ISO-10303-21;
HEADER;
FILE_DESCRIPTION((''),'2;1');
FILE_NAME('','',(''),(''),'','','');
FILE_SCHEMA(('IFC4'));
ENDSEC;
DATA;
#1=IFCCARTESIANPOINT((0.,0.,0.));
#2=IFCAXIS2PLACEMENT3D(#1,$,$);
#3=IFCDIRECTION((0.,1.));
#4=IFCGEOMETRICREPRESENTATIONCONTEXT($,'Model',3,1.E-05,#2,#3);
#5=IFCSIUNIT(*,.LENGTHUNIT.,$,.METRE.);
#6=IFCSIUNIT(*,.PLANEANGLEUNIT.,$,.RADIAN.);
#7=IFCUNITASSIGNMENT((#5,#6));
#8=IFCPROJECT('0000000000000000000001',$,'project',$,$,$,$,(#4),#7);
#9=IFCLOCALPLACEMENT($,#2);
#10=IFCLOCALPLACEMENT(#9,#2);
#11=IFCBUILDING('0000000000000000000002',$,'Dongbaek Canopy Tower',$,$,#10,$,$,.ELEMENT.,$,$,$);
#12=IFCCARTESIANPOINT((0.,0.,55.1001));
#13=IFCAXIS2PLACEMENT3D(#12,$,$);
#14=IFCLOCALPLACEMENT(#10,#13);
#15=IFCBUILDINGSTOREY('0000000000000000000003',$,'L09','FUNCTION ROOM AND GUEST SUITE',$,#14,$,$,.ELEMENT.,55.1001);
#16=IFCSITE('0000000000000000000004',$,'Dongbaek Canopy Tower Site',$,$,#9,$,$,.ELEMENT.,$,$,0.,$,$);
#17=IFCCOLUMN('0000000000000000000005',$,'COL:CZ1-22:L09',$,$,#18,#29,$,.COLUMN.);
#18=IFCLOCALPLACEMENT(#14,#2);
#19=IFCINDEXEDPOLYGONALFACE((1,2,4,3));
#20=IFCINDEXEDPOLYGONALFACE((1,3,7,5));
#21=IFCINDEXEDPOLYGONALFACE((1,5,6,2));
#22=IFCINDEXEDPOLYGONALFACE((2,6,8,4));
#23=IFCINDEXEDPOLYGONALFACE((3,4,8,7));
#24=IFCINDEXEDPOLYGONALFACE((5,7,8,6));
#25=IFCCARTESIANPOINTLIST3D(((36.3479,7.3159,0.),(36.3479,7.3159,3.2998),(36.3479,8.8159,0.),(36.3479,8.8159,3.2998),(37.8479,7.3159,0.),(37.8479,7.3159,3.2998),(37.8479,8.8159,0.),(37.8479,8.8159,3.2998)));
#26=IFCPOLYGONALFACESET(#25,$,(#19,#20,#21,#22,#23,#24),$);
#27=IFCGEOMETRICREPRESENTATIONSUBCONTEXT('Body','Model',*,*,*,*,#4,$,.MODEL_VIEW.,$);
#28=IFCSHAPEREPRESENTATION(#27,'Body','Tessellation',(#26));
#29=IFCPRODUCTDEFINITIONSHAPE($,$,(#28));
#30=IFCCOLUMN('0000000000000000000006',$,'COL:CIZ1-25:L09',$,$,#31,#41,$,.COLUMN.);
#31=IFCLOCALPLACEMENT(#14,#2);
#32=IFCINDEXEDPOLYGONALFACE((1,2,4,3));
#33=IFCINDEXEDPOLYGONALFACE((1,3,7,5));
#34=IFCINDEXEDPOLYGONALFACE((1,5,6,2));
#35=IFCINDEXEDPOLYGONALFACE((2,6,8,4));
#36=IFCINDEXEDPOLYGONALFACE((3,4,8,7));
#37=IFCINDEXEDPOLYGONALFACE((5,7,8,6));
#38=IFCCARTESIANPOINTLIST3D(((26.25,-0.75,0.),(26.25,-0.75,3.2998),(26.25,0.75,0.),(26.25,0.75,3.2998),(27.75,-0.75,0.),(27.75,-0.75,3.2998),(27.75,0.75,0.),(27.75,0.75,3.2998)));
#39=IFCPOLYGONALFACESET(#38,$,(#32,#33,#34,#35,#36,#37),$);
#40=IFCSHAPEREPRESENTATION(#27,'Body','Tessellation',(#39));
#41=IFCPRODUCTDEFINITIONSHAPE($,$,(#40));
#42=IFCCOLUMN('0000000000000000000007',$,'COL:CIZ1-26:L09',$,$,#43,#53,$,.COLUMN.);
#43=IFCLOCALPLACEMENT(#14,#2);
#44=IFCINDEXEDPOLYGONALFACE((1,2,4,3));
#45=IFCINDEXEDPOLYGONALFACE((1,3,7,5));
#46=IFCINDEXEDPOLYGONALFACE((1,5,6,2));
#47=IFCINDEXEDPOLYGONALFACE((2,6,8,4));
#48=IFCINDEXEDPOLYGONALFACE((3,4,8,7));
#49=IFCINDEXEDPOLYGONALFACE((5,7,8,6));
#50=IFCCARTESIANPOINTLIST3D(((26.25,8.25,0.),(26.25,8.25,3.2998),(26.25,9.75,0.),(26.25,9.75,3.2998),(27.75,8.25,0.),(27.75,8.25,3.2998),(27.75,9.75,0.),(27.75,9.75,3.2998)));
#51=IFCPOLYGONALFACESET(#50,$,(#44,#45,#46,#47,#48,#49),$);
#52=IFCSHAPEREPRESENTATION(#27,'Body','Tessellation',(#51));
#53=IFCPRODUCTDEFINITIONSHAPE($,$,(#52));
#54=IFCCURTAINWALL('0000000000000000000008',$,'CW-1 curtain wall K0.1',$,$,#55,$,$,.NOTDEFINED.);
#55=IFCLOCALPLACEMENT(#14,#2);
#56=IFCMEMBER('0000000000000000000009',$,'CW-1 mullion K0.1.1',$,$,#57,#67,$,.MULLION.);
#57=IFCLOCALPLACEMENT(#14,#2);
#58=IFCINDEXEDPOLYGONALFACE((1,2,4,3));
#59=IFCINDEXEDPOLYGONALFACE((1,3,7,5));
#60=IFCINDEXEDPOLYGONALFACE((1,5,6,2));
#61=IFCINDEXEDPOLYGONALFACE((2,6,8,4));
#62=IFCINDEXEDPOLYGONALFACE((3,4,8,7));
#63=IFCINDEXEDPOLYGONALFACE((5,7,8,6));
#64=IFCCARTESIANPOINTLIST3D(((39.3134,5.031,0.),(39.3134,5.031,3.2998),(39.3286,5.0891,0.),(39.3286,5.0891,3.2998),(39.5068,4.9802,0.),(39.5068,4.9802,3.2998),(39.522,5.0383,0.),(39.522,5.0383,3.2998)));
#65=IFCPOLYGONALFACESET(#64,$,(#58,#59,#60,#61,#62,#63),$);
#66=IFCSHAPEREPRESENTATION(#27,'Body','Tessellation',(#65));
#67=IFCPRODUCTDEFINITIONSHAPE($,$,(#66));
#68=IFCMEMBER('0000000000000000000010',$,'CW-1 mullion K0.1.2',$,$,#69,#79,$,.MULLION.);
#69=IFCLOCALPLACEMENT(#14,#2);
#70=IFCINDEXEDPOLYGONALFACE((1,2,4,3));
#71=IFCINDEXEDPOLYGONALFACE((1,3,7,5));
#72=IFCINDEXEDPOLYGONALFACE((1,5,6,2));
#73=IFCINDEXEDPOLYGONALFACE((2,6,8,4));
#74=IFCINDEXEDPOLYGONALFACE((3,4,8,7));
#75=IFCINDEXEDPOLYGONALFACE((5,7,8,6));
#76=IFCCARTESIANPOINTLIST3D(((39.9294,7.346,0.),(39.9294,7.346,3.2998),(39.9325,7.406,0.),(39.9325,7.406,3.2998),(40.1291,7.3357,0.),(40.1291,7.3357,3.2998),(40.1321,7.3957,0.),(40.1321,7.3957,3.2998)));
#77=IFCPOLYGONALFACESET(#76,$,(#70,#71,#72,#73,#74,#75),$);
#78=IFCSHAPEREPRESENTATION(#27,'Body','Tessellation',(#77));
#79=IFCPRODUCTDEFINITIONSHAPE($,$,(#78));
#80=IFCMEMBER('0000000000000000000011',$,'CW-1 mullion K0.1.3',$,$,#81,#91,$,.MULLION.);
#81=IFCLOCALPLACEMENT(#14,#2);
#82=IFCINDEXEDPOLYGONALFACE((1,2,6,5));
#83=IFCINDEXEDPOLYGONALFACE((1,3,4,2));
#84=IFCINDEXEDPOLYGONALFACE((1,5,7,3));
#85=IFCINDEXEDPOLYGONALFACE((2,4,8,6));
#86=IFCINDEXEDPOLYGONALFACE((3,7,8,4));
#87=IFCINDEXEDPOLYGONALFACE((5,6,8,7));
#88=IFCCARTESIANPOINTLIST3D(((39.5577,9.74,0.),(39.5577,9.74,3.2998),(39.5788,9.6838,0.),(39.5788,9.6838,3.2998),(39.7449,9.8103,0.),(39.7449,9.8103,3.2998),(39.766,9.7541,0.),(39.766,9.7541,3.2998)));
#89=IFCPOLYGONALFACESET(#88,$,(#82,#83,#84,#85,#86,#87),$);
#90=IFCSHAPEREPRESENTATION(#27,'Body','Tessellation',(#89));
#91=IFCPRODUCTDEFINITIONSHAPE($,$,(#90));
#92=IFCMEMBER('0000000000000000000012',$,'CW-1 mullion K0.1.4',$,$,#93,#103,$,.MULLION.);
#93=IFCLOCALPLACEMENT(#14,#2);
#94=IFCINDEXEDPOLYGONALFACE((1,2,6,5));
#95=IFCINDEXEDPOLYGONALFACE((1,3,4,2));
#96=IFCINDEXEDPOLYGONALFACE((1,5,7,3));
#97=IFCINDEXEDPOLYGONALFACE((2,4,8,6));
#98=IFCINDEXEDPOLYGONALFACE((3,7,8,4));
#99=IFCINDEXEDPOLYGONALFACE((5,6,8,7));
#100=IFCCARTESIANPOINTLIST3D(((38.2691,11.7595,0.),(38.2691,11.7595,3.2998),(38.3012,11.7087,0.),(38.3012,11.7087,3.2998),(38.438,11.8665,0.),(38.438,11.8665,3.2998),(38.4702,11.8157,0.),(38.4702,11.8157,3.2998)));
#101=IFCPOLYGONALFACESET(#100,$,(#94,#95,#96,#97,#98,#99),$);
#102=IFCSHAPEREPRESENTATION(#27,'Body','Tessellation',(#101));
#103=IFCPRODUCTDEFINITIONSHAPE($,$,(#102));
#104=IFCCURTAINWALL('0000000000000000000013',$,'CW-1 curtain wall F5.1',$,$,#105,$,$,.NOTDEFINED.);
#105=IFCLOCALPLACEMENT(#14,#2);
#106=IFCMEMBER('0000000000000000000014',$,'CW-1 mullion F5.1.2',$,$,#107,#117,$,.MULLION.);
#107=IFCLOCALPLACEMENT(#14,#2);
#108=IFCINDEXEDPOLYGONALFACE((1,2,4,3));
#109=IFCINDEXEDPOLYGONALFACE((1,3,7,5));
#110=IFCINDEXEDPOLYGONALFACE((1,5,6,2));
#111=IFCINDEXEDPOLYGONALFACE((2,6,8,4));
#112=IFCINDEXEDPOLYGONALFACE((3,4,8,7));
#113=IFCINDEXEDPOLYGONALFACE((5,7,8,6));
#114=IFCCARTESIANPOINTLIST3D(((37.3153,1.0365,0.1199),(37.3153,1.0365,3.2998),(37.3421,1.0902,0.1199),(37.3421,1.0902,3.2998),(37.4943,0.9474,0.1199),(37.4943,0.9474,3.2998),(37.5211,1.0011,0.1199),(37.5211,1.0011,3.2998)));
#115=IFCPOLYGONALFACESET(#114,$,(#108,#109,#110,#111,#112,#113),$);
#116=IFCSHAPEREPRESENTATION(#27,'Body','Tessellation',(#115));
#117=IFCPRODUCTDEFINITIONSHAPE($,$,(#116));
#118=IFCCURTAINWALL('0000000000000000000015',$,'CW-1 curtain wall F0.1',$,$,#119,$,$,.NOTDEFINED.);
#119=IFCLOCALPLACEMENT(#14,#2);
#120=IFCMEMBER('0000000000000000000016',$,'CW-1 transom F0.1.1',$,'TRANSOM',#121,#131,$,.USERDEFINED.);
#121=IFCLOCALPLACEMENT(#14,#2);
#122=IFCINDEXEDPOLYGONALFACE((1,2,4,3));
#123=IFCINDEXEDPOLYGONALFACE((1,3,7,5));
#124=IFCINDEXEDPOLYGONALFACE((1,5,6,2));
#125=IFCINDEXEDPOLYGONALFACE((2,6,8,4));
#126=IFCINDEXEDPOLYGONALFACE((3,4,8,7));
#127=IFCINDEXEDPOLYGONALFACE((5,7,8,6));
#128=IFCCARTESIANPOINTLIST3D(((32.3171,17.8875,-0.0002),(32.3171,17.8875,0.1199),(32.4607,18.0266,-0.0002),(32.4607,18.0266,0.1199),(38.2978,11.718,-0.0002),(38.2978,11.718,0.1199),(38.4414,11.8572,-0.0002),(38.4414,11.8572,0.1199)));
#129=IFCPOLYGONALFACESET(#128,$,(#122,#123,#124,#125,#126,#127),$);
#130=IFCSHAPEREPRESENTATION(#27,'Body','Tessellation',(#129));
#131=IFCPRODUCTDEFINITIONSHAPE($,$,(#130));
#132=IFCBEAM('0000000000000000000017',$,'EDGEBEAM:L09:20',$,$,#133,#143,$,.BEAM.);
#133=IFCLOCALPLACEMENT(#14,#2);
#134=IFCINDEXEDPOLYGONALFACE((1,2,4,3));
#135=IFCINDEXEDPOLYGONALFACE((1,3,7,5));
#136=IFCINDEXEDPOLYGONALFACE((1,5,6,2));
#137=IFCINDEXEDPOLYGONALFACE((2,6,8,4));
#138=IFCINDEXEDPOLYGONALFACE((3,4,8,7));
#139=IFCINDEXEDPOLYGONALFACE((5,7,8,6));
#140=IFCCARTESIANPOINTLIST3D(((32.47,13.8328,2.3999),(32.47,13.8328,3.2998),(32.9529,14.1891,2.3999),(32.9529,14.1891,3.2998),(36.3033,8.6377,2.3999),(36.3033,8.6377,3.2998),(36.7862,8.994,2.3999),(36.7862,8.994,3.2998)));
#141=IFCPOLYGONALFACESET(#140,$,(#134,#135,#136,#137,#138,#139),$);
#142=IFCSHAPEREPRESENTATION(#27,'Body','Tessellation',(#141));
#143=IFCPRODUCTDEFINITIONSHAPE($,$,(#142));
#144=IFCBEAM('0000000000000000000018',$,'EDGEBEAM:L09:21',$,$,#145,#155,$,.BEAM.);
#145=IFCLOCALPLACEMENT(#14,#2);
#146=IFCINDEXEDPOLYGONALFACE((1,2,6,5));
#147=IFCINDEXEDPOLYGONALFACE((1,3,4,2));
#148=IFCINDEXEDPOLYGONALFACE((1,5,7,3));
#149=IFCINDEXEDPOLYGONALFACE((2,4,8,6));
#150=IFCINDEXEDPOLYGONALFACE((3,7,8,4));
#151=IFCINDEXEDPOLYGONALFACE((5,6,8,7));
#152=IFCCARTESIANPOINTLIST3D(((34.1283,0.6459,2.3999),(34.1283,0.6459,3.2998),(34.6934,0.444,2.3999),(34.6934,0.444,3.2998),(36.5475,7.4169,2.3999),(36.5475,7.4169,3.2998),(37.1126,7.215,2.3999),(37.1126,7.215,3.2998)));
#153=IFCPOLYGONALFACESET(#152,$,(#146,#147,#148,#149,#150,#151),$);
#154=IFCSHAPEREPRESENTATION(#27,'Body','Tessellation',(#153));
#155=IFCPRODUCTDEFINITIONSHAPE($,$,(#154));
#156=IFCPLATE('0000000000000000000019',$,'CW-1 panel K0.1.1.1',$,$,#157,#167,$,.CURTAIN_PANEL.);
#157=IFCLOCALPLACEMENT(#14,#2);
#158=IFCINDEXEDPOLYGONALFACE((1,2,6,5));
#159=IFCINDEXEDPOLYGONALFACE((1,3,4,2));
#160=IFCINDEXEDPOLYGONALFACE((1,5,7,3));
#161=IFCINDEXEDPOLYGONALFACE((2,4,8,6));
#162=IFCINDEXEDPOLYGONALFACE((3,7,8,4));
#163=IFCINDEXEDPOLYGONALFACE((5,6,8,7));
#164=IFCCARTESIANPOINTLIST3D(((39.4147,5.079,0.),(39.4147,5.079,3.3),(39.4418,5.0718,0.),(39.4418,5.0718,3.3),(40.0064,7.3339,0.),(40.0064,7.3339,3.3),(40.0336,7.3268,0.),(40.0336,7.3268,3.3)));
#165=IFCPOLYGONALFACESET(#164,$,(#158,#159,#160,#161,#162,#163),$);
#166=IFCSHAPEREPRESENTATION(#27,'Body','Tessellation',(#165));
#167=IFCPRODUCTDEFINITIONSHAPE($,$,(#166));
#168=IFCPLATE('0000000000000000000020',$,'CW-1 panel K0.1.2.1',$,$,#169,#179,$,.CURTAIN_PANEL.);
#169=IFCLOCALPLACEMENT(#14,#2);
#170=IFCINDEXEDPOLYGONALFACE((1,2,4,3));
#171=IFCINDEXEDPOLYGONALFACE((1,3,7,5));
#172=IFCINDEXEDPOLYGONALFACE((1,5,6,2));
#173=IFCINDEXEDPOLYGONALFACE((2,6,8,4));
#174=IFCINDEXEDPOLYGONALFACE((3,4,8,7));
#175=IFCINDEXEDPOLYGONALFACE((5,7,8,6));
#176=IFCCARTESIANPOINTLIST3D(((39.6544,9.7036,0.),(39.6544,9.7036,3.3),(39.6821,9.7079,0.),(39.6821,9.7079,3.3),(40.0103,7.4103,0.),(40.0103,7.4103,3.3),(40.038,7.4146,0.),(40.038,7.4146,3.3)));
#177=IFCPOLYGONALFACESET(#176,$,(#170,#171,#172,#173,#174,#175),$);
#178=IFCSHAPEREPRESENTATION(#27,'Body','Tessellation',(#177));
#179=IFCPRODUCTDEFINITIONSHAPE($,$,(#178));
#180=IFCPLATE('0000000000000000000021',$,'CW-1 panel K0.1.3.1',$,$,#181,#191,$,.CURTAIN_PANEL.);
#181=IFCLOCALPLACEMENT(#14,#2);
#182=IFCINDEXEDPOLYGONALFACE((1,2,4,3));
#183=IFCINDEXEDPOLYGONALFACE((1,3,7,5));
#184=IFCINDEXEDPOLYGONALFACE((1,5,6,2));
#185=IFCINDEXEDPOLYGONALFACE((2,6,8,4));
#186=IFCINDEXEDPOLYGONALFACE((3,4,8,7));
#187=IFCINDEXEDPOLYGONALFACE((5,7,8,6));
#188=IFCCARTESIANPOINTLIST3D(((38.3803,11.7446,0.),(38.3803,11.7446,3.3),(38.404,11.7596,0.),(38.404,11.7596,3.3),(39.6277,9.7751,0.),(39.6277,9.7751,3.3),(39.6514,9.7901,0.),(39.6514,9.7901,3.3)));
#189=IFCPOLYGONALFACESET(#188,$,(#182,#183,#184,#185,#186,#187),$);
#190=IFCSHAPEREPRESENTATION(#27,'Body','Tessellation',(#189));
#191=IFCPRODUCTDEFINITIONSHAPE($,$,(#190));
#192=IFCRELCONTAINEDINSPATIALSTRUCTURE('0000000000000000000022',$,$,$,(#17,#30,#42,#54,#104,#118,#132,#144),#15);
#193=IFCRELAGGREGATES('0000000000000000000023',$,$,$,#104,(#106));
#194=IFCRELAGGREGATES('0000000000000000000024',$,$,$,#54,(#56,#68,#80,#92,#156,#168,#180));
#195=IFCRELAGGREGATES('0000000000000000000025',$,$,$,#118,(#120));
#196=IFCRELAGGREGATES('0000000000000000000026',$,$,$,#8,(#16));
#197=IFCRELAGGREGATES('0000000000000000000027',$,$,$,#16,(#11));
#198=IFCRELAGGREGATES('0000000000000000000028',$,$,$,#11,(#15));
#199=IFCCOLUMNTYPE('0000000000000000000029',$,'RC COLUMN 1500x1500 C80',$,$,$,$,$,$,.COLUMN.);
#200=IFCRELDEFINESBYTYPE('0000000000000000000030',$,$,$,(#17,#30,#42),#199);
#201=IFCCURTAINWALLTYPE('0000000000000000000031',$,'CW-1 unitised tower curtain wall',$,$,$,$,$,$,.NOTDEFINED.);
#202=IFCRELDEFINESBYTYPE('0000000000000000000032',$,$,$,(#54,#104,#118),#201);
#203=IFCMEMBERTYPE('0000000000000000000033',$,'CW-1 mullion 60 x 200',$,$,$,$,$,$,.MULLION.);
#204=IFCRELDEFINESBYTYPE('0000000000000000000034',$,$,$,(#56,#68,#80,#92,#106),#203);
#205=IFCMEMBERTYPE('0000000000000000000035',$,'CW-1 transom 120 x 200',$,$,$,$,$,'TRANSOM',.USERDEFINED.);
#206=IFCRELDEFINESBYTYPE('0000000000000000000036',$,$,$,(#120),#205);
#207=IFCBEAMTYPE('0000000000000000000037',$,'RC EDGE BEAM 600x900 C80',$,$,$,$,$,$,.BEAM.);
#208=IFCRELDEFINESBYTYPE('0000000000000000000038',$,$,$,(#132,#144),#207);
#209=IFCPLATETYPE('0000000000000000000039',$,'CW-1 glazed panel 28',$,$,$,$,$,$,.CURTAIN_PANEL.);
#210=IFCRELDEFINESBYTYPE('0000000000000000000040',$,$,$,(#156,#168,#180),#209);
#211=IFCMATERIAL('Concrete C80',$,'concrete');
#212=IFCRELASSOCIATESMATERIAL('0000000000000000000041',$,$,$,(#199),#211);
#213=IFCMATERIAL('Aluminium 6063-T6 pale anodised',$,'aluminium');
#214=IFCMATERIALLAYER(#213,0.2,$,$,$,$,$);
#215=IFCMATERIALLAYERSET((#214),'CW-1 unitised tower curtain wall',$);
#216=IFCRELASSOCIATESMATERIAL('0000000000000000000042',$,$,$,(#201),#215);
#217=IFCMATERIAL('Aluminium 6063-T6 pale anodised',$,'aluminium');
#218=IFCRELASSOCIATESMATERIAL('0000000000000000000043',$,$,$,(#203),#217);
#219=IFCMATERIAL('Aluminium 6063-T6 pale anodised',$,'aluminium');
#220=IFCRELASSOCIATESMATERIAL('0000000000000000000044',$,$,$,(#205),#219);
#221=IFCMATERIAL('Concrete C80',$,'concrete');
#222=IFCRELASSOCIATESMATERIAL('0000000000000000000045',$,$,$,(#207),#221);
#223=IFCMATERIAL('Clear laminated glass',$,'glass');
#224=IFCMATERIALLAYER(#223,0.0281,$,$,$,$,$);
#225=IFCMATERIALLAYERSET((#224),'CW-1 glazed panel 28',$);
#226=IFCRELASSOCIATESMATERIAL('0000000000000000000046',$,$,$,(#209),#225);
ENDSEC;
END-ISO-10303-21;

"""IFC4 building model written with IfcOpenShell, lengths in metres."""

from ifc_helpers import new_model, si_unit, direction, frame, origin, origin_2d, place, context, subcontext, project, spatial, rectangle, extrude, material, layer, layer_set, material_profile, profile_set, type_object, element, aggregate, save


model = new_model("IFC4")

# Units and contexts
model_context = context("Model", 3, precision=1e-05, world=origin(), true_north=direction((0.0, 1.0)))
body_context = subcontext(model_context, "Body", "Model", "MODEL_VIEW")
ifc_project = project(units=[si_unit("LENGTHUNIT", "METRE"), si_unit("PLANEANGLEUNIT", "RADIAN")], contexts=[model_context])

# Site, building, storey
site_placement = place(None, origin())
site = spatial("IfcSite", under=ifc_project, at=site_placement, Name="Dongbaek Canopy Tower Site", CompositionType="ELEMENT", RefElevation=0.0)
building_placement = place(site_placement, origin())
building = spatial("IfcBuilding", under=site, at=building_placement, Name="Dongbaek Canopy Tower", CompositionType="ELEMENT")
storey_placement = place(building_placement, frame((0.0, 0.0, 55.1001)))
storey = spatial("IfcBuildingStorey", under=building, at=storey_placement, Name="L09", Description="FUNCTION ROOM AND GUEST SUITE", CompositionType="ELEMENT", Elevation=55.1001)

# Columns
ifc_material_1 = material(Name="Concrete C80", Category="concrete")
ifc_material_profile_1 = material_profile(ifc_material_1, rectangle(XDim=1.5, YDim=1.5, at=origin_2d()), Name="RC COLUMN 1500x1500 C80")
ifc_profile_set_1 = profile_set([ifc_material_profile_1], Name="Concrete C80")
column_type = type_object("IfcColumnType", Name="RC COLUMN 1500x1500 C80", PredefinedType="COLUMN", material=ifc_profile_set_1)
for number, where, z_axis, x_axis, name in (
    (1, (37.0979, 8.0659, 0.0), (0.0, 0.0, 1.0), (1.0, 0.0, 0.0), "COL:CZ1-22:L09"),
    (2, (27.0, 0.0, 0.0), (0.0, 0.0, 1.0), (1.0, 0.0, 0.0), "COL:CIZ1-25:L09"),
    (3, (27.0, 9.0, 0.0), (0.0, 0.0, 1.0), (1.0, 0.0, 0.0), "COL:CIZ1-26:L09"),
):
    element("IfcColumn", number, at=place(storey_placement, frame(where, z_axis=z_axis, x_axis=x_axis)), inside=storey, type_object=column_type, Name=name, PredefinedType="COLUMN", context=body_context, shape_type="SweptSolid", body=[
        extrude(rectangle(XDim=1.5, YDim=1.5, at=origin_2d()), origin(), (0.0, 0.0, 1.0), 3.2998),
    ])

# Curtain wall, members
ifc_material_2 = material(Name="Aluminium 6063-T6 pale anodised", Category="aluminium")
ifc_layer_1 = layer(ifc_material_2, 0.2)
ifc_layer_set_1 = layer_set([ifc_layer_1], Name="CW-1 unitised tower curtain wall")
curtain_wall_type = type_object("IfcCurtainWallType", Name="CW-1 unitised tower curtain wall", PredefinedType="NOTDEFINED", material=ifc_layer_set_1)
curtain_wall_1_placement = place(storey_placement, origin())
curtain_wall_1 = element("IfcCurtainWall", 4, at=curtain_wall_1_placement, inside=storey, type_object=curtain_wall_type, Name="CW-1 curtain wall K0.1", PredefinedType="NOTDEFINED")
ifc_material_3 = material(Name="Aluminium 6063-T6 pale anodised", Category="aluminium")
ifc_material_profile_2 = material_profile(ifc_material_3, rectangle(XDim=0.2, YDim=0.0601, at=origin_2d()), Name="CW-1 mullion 60 x 200")
ifc_profile_set_2 = profile_set([ifc_material_profile_2], Name="Aluminium 6063-T6 pale anodised")
member_type_1 = type_object("IfcMemberType", Name="CW-1 mullion 60 x 200", PredefinedType="MULLION", material=ifc_profile_set_2)
member_1_placement = place(storey_placement, frame((39.4177, 5.0347, 0.0), z_axis=(0.0, 0.0, 1.0), x_axis=(0.96725, -0.253824, 0.0)))
member_1 = element("IfcMember", 5, at=member_1_placement, type_object=member_type_1, Name="CW-1 mullion K0.1.1", PredefinedType="MULLION", context=body_context, shape_type="SweptSolid", body=[
    extrude(rectangle(XDim=0.2, YDim=0.0601, at=origin_2d()), origin(), (0.0, 0.0, 1.0), 3.2998),
])
member_2_placement = place(storey_placement, frame((40.0308, 7.3708, 0.0), z_axis=(0.0, 0.0, 1.0), x_axis=(0.998683, -0.05131, 0.0)))
member_2 = element("IfcMember", 6, at=member_2_placement, type_object=member_type_1, Name="CW-1 mullion K0.1.2", PredefinedType="MULLION", context=body_context, shape_type="SweptSolid", body=[
    extrude(rectangle(XDim=0.2, YDim=0.0601, at=origin_2d()), origin(), (0.0, 0.0, 1.0), 3.2998),
])
member_3_placement = place(storey_placement, frame((39.6619, 9.7471, 0.0), z_axis=(0.0, 0.0, 1.0), x_axis=(0.936155, 0.351588, 0.0)))
member_3 = element("IfcMember", 7, at=member_3_placement, type_object=member_type_1, Name="CW-1 mullion K0.1.3", PredefinedType="MULLION", context=body_context, shape_type="SweptSolid", body=[
    extrude(rectangle(XDim=0.2, YDim=0.0601, at=origin_2d()), origin(), (0.0, 0.0, 1.0), 3.2998),
])
member_4_placement = place(storey_placement, frame((38.3696, 11.7876, 0.0), z_axis=(0.0, 0.0, 1.0), x_axis=(0.844821, 0.53505, 0.0)))
member_4 = element("IfcMember", 8, at=member_4_placement, type_object=member_type_1, Name="CW-1 mullion K0.1.4", PredefinedType="MULLION", context=body_context, shape_type="SweptSolid", body=[
    extrude(rectangle(XDim=0.2, YDim=0.0601, at=origin_2d()), origin(), (0.0, 0.0, 1.0), 3.2998),
])

# Curtain walls, members
curtain_wall_2_placement = place(storey_placement, origin())
curtain_wall_2 = element("IfcCurtainWall", 9, at=curtain_wall_2_placement, inside=storey, type_object=curtain_wall_type, Name="CW-1 curtain wall F5.1", PredefinedType="NOTDEFINED")
member_5_placement = place(storey_placement, frame((37.4182, 1.0188, 0.1199), z_axis=(0.0, 0.0, 1.0), x_axis=(0.895193, -0.445678, 0.0)))
member_5 = element("IfcMember", 10, at=member_5_placement, type_object=member_type_1, Name="CW-1 mullion F5.1.2", PredefinedType="MULLION", context=body_context, shape_type="SweptSolid", body=[
    extrude(rectangle(XDim=0.2, YDim=0.0601, at=origin_2d()), origin(), (0.0, 0.0, 1.0), 3.1799),
])
curtain_wall_3_placement = place(storey_placement, origin())
curtain_wall_3 = element("IfcCurtainWall", 11, at=curtain_wall_3_placement, inside=storey, type_object=curtain_wall_type, Name="CW-1 curtain wall F0.1", PredefinedType="NOTDEFINED")
ifc_material_4 = material(Name="Aluminium 6063-T6 pale anodised", Category="aluminium")
ifc_material_profile_3 = material_profile(ifc_material_4, rectangle(XDim=0.2, YDim=0.1201, at=origin_2d()), Name="CW-1 transom 120 x 200")
ifc_profile_set_3 = profile_set([ifc_material_profile_3], Name="Aluminium 6063-T6 pale anodised")
member_type_2 = type_object("IfcMemberType", Name="CW-1 transom 120 x 200", ElementType="TRANSOM", PredefinedType="USERDEFINED", material=ifc_profile_set_3)
member_6_placement = place(storey_placement, frame((38.3696, 11.7876, 0.0598), z_axis=(-0.69604, 0.718003, 0.0), x_axis=(-0.718003, -0.69604, 0.0)))
member_6 = element("IfcMember", 12, at=member_6_placement, type_object=member_type_2, Name="CW-1 transom F0.1.1", ObjectType="TRANSOM", PredefinedType="USERDEFINED", context=body_context, shape_type="SweptSolid", body=[
    extrude(rectangle(XDim=0.2, YDim=0.1201, at=origin_2d()), origin(), (0.0, 0.0, 1.0), 8.5925),
])

# Beams
ifc_material_5 = material(Name="Concrete C80", Category="concrete")
ifc_material_profile_4 = material_profile(ifc_material_5, rectangle(XDim=0.6001, YDim=0.8999, at=origin_2d()), Name="RC EDGE BEAM 600x900 C80")
ifc_profile_set_4 = profile_set([ifc_material_profile_4], Name="Concrete C80")
beam_type = type_object("IfcBeamType", Name="RC EDGE BEAM 600x900 C80", PredefinedType="BEAM", material=ifc_profile_set_4)
beam_1_placement = place(storey_placement, frame((32.7114, 14.011, 2.8499), z_axis=(0.593732, -0.804663, 0.0), x_axis=(0.804663, 0.593732, 0.0)))
element("IfcBeam", 13, at=beam_1_placement, inside=storey, type_object=beam_type, Name="EDGEBEAM:L09:20", PredefinedType="BEAM", context=body_context, shape_type="SweptSolid", body=[
    extrude(rectangle(XDim=0.6001, YDim=0.8999, at=origin_2d()), origin(), (0.0, 0.0, 1.0), 6.4563),
])
beam_2_placement = place(storey_placement, frame((36.8301, 7.3159, 2.8499), z_axis=(-0.336457, -0.941699, 0.0), x_axis=(0.941699, -0.336457, 0.0)))
element("IfcBeam", 14, at=beam_2_placement, inside=storey, type_object=beam_type, Name="EDGEBEAM:L09:21", PredefinedType="BEAM", context=body_context, shape_type="SweptSolid", body=[
    extrude(rectangle(XDim=0.6001, YDim=0.8999, at=origin_2d()), origin(), (0.0, 0.0, 1.0), 7.1902),
])

# Plates
ifc_material_6 = material(Name="Clear laminated glass", Category="glass")
ifc_layer_2 = layer(ifc_material_6, 0.0281)
ifc_layer_set_2 = layer_set([ifc_layer_2], Name="CW-1 glazed panel 28")
plate_type = type_object("IfcPlateType", Name="CW-1 glazed panel 28", PredefinedType="CURTAIN_PANEL", material=ifc_layer_set_2)
plate_1_placement = place(storey_placement, frame((39.7241, 6.2029, 0.0), z_axis=(0.0, 0.0, 1.0), x_axis=(0.253824, 0.96725, 0.0)))
plate_1 = element("IfcPlate", 15, at=plate_1_placement, type_object=plate_type, Name="CW-1 panel K0.1.1.1", PredefinedType="CURTAIN_PANEL", context=body_context, shape_type="SweptSolid", body=[
    extrude(rectangle(XDim=2.3313, YDim=0.0281, at=origin_2d()), origin(), (0.0, 0.0, 1.0), 3.3),
])
plate_2_placement = place(storey_placement, frame((39.8462, 8.5591, 0.0), z_axis=(0.0, 0.0, 1.0), x_axis=(-0.15336, 0.98817, 0.0)))
plate_2 = element("IfcPlate", 16, at=plate_2_placement, type_object=plate_type, Name="CW-1 panel K0.1.2.1", PredefinedType="CURTAIN_PANEL", context=body_context, shape_type="SweptSolid", body=[
    extrude(rectangle(XDim=2.3208, YDim=0.0281, at=origin_2d()), origin(), (0.0, 0.0, 1.0), 3.3),
])
plate_3_placement = place(storey_placement, frame((39.0159, 10.7673, 0.0), z_axis=(0.0, 0.0, 1.0), x_axis=(-0.53505, 0.844821, 0.0)))
plate_3 = element("IfcPlate", 17, at=plate_3_placement, type_object=plate_type, Name="CW-1 panel K0.1.3.1", PredefinedType="CURTAIN_PANEL", context=body_context, shape_type="SweptSolid", body=[
    extrude(rectangle(XDim=2.3313, YDim=0.0281, at=origin_2d()), origin(), (0.0, 0.0, 1.0), 3.3),
])

aggregate(curtain_wall_2, [member_5])
aggregate(curtain_wall_1, [member_1, member_2, member_3, member_4, plate_1, plate_2, plate_3])
aggregate(curtain_wall_3, [member_6])

save(model, "model.ifc")
